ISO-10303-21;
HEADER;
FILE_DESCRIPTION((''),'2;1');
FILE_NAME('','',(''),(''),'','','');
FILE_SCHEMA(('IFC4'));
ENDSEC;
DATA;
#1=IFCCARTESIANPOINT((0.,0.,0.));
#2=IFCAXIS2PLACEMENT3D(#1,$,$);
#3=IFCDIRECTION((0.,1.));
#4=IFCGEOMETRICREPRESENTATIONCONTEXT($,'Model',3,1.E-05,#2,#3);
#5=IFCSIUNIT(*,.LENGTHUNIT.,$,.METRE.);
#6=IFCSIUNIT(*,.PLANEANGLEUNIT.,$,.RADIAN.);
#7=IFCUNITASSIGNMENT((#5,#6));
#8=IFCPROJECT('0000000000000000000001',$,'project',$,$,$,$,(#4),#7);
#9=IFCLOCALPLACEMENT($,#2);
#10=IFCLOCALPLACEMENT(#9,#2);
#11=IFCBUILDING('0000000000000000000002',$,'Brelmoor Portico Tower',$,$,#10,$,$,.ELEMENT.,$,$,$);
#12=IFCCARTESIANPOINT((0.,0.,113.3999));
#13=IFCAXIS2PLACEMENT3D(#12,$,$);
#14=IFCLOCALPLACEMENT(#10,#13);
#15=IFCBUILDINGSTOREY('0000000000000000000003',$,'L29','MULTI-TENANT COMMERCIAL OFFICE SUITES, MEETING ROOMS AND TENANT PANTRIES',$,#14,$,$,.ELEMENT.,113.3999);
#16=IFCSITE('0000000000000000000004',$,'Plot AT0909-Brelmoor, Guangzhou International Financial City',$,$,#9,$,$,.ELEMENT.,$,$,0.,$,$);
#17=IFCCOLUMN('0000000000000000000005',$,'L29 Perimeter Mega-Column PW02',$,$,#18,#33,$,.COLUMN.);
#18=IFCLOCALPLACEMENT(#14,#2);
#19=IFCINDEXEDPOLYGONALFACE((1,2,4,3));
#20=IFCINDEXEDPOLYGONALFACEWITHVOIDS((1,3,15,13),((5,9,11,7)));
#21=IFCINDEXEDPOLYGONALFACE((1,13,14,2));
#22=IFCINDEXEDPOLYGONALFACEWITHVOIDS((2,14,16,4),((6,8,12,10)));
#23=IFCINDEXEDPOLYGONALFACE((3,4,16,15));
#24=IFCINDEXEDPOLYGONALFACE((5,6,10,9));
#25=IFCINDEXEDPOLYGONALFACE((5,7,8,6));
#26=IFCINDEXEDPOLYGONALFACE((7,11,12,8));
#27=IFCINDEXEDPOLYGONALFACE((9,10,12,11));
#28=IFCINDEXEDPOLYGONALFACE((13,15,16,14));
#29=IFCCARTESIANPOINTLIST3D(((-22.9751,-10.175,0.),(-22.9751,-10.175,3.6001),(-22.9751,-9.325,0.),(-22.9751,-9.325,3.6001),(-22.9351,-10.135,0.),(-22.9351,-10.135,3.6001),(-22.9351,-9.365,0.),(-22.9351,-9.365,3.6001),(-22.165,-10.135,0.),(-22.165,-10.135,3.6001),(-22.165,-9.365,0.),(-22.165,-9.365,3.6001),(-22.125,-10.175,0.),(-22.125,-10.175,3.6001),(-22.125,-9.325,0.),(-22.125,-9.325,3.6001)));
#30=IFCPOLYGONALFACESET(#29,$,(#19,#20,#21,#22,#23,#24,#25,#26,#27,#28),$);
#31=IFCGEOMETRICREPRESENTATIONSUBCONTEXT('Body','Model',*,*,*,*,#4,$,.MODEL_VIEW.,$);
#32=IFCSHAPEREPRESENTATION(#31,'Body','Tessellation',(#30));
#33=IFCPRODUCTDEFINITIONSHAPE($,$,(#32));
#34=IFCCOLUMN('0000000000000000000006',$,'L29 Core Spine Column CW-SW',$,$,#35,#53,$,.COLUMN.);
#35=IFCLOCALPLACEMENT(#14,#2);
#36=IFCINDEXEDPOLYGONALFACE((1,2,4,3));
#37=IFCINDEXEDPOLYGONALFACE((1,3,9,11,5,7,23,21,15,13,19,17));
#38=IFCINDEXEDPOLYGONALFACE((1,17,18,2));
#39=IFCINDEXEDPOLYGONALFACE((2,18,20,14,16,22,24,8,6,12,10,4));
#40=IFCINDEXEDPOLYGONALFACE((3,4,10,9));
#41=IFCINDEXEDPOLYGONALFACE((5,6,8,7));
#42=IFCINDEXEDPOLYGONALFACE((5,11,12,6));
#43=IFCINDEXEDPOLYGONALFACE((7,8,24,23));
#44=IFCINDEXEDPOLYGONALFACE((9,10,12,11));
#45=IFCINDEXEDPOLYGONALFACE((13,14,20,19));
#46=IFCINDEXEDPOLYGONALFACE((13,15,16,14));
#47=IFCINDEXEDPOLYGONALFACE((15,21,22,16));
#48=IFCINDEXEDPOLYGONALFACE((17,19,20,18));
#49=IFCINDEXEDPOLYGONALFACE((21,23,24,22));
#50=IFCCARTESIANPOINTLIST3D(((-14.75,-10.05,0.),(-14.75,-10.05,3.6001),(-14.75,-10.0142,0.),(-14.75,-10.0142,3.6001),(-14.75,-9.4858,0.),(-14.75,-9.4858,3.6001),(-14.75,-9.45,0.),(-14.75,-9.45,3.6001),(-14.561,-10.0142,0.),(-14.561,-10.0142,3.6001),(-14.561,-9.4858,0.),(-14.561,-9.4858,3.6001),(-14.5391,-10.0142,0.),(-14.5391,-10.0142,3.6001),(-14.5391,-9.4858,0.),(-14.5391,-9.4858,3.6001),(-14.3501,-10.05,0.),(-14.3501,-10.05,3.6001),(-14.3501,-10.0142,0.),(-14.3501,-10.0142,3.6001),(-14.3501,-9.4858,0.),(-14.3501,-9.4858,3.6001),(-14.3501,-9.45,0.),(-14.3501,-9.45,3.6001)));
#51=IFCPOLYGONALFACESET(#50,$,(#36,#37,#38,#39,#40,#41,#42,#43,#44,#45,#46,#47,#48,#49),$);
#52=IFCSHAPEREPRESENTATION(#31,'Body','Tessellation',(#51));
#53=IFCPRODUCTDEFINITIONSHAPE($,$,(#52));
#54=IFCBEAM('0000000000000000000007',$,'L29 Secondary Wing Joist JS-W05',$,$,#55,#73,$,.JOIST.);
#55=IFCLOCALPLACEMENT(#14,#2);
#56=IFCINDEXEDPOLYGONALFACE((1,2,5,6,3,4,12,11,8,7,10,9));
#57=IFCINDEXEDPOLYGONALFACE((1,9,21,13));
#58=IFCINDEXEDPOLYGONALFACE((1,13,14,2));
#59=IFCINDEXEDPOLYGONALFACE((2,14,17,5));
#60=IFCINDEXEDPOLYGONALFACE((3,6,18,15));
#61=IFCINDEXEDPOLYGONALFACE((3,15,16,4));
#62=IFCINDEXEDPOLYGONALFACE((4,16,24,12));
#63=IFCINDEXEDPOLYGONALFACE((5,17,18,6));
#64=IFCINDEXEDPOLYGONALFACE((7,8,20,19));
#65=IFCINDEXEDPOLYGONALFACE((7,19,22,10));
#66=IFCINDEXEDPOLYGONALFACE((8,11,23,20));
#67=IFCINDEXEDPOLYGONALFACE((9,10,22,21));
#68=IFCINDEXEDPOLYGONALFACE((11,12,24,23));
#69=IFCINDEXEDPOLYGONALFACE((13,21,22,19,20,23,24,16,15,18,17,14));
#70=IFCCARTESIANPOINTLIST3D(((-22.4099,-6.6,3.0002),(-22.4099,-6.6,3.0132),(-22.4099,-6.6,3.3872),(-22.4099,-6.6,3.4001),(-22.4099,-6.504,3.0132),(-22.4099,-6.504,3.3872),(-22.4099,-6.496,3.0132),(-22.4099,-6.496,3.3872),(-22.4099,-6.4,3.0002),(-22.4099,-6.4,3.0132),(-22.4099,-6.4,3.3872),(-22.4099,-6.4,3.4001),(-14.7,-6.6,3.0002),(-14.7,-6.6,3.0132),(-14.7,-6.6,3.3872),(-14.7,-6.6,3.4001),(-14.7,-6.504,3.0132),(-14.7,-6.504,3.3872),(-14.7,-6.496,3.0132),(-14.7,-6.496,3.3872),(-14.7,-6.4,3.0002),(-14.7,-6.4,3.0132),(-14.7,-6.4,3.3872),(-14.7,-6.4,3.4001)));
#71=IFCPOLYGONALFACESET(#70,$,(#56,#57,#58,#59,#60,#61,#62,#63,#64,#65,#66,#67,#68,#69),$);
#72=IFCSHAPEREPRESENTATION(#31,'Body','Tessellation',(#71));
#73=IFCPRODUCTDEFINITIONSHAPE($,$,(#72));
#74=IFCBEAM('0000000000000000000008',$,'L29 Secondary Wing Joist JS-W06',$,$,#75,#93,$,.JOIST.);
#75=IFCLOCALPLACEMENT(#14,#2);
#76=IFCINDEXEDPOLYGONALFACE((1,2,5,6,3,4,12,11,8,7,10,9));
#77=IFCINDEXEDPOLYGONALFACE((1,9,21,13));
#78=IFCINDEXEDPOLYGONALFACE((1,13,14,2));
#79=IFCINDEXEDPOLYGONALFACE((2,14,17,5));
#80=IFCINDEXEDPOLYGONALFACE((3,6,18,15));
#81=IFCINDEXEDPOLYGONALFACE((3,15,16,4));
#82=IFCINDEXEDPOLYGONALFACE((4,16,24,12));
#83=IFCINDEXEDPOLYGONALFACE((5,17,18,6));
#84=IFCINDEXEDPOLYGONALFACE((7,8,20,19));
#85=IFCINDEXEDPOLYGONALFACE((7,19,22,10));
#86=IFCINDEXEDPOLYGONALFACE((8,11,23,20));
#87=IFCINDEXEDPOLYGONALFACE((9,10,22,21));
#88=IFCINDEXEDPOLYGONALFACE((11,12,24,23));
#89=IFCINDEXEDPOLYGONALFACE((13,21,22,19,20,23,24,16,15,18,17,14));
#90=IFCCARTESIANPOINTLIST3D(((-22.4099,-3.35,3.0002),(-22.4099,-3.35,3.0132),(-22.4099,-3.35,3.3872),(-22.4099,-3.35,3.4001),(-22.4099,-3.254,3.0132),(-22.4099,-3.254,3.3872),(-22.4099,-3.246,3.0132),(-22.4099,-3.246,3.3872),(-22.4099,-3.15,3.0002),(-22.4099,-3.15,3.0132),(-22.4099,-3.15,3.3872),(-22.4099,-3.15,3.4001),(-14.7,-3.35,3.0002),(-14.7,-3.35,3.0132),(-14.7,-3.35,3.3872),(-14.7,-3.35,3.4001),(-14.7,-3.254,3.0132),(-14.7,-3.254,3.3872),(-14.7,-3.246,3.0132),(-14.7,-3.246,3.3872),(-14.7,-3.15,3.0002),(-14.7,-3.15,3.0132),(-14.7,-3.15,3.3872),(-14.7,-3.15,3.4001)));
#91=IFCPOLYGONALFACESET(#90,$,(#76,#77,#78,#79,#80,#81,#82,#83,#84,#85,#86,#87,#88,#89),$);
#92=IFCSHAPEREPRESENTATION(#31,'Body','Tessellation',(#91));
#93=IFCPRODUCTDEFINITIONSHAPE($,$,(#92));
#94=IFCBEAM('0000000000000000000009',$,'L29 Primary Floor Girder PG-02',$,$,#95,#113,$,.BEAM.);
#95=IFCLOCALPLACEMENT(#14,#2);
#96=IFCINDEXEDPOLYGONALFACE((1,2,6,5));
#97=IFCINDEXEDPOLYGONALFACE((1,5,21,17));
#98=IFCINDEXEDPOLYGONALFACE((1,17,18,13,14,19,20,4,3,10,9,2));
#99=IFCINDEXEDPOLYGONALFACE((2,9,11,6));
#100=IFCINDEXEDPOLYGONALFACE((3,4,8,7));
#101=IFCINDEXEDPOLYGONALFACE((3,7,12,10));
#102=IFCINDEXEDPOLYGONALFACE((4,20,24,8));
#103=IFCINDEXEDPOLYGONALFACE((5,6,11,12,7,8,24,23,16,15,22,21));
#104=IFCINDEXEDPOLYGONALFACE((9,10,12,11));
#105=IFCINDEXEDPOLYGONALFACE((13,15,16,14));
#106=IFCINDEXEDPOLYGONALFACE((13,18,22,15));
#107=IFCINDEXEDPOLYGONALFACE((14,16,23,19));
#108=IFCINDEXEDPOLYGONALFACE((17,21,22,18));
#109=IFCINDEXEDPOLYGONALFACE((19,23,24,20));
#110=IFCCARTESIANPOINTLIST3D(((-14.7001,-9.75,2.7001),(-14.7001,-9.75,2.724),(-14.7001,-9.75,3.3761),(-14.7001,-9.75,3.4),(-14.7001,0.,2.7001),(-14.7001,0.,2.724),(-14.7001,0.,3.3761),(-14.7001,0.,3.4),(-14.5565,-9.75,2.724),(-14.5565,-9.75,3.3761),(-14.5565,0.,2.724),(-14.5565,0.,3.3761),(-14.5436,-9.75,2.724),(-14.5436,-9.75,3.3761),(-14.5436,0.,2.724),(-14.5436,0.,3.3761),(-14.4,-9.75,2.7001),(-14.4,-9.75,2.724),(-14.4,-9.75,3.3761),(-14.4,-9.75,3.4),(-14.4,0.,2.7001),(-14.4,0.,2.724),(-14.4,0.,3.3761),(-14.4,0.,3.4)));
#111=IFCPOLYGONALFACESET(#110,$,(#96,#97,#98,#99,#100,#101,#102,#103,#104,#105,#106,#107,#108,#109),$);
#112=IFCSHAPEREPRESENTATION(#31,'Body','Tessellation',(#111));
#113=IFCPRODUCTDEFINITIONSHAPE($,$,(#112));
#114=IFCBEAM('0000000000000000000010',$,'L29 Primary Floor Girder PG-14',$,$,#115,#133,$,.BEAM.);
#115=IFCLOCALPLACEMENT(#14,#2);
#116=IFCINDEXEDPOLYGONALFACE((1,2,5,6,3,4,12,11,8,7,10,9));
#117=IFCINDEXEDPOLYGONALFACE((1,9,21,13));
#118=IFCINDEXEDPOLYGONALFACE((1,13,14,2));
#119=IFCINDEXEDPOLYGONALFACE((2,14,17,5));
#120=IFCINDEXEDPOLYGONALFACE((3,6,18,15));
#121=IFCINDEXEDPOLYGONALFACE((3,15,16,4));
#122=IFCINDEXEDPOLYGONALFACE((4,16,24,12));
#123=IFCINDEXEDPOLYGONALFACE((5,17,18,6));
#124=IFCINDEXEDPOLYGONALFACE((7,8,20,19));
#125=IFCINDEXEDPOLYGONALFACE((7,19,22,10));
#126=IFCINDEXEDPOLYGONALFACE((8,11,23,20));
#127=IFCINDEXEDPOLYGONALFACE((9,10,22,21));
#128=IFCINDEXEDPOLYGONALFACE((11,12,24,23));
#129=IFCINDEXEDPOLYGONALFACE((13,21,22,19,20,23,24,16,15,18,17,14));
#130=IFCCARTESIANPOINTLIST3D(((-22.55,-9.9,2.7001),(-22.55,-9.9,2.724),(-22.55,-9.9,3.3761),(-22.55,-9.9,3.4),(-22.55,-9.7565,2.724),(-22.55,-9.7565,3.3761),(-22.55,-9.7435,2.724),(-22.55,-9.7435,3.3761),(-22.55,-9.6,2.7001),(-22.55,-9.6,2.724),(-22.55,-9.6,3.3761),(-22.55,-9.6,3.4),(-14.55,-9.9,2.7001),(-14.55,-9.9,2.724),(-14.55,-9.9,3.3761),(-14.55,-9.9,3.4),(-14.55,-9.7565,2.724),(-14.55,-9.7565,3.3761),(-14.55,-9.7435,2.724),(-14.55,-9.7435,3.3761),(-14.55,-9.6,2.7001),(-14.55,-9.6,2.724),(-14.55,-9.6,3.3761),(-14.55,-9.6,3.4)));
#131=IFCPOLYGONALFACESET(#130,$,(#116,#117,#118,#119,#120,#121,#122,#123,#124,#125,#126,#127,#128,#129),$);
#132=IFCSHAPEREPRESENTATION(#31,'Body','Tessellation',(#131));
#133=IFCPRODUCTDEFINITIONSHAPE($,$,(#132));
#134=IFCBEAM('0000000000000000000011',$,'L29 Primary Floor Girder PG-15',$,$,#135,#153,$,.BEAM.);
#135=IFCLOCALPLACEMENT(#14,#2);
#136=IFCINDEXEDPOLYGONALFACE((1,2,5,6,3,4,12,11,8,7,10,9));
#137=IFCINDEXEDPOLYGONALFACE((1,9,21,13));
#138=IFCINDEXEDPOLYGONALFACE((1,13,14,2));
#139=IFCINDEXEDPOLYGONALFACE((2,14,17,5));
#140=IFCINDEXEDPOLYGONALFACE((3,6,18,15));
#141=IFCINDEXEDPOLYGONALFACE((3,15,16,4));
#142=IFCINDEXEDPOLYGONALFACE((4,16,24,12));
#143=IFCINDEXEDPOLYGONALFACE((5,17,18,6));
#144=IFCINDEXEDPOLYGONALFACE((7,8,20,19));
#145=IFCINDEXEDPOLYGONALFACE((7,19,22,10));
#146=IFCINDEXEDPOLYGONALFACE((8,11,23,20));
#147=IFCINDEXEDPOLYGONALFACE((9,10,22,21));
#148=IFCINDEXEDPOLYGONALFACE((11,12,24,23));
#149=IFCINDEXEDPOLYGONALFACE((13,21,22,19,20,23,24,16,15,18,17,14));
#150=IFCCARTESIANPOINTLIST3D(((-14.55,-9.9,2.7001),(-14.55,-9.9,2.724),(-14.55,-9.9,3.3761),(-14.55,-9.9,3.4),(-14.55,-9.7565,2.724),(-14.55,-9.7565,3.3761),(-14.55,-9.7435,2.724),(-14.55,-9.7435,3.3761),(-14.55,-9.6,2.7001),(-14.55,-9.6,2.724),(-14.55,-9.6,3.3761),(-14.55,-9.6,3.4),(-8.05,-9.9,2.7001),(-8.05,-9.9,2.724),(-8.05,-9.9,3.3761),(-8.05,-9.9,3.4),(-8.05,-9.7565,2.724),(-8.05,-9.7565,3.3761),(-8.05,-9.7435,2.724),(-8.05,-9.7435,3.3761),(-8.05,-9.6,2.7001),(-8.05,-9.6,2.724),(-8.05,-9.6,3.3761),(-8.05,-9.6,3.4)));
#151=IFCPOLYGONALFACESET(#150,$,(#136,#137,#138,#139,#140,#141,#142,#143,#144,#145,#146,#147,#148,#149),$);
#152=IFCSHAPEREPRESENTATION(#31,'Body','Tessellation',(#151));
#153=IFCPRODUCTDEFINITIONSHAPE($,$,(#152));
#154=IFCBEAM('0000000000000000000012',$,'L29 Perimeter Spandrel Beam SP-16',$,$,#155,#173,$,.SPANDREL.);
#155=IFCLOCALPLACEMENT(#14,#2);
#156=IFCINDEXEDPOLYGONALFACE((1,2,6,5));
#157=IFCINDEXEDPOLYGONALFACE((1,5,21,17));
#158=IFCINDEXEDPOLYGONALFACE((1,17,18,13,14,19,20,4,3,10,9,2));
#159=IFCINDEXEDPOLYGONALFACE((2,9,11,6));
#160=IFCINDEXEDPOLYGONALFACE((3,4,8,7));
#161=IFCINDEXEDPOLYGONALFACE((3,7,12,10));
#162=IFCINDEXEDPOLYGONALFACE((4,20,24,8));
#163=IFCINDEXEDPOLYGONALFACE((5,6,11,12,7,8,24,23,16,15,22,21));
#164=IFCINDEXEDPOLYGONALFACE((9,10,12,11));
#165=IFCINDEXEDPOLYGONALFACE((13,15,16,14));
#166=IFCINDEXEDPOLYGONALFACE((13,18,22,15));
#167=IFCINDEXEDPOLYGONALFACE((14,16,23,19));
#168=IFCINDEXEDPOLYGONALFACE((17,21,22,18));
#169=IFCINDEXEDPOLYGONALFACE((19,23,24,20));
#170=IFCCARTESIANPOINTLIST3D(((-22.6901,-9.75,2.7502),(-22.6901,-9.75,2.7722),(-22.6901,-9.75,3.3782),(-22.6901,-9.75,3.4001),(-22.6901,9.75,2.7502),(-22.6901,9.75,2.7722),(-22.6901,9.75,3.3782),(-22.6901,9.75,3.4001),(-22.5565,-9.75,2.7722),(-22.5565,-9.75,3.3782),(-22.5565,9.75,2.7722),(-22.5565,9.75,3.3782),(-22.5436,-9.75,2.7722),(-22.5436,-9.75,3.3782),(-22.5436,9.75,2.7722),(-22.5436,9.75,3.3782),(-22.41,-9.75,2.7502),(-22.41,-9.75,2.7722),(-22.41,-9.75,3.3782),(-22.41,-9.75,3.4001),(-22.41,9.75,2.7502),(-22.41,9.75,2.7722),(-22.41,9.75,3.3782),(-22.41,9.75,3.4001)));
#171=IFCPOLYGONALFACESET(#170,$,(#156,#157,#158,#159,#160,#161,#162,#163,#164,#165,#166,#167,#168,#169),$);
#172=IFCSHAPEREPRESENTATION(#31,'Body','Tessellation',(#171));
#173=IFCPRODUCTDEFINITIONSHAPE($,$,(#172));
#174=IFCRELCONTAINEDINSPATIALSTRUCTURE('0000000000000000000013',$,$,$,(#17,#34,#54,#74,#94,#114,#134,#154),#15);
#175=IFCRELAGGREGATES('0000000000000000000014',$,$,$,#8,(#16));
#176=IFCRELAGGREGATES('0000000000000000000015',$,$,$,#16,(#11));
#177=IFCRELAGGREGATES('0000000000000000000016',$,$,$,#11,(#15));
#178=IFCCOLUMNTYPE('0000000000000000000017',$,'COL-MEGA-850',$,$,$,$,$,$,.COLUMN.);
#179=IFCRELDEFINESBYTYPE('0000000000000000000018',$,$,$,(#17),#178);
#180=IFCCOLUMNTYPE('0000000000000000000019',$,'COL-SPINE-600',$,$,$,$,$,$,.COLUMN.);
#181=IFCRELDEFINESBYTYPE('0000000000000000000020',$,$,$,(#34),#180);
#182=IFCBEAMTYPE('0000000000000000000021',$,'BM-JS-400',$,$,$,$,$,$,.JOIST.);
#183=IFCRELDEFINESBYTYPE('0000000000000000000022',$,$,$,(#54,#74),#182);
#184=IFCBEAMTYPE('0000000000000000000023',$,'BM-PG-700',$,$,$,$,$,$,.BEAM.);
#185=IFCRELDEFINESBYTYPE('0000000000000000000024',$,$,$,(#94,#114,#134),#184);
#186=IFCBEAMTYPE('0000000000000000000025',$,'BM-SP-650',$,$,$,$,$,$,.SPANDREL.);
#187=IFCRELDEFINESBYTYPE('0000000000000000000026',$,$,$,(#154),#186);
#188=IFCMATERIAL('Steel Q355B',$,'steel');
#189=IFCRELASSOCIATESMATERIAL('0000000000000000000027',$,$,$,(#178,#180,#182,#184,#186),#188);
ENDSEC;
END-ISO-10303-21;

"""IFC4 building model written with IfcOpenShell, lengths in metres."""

from ifc_helpers import new_model, si_unit, direction, frame, origin, origin_2d, place, context, subcontext, project, spatial, hollow_rectangle, i_section, extrude, material, material_profile, profile_set, type_object, element, save


model = new_model("IFC4")

# Units and contexts
model_context = context("Model", 3, precision=1e-05, world=origin(), true_north=direction((0.0, 1.0)))
body_context = subcontext(model_context, "Body", "Model", "MODEL_VIEW")
ifc_project = project(units=[si_unit("LENGTHUNIT", "METRE"), si_unit("PLANEANGLEUNIT", "RADIAN")], contexts=[model_context])

# Site, building, storey
site_placement = place(None, origin())
site = spatial("IfcSite", under=ifc_project, at=site_placement, Name="Plot AT0909-Brelmoor, Guangzhou International Financial City", CompositionType="ELEMENT", RefElevation=0.0)
building_placement = place(site_placement, origin())
building = spatial("IfcBuilding", under=site, at=building_placement, Name="Brelmoor Portico Tower", CompositionType="ELEMENT")
storey_placement = place(building_placement, frame((0.0, 0.0, 113.3999)))
storey = spatial("IfcBuildingStorey", under=building, at=storey_placement, Name="L29", Description="MULTI-TENANT COMMERCIAL OFFICE SUITES, MEETING ROOMS AND TENANT PANTRIES", CompositionType="ELEMENT", Elevation=113.3999)

# Columns
ifc_material_1 = material(Name="Steel Q355B", Category="steel")
ifc_material_profile_1 = material_profile(ifc_material_1, hollow_rectangle(XDim=0.8501, YDim=0.8501, WallThickness=0.04, at=origin_2d()), Name="BOX 850x850x40")
ifc_profile_set_1 = profile_set([ifc_material_profile_1], Name="Steel Q355B")
column_type_1 = type_object("IfcColumnType", Name="COL-MEGA-850", PredefinedType="COLUMN", material=ifc_profile_set_1)
column_1_placement = place(storey_placement, frame((-22.55, -9.75, 0.0), z_axis=(0.0, 0.0, 1.0), x_axis=(0.0, 1.0, 0.0)))
element("IfcColumn", 1, at=column_1_placement, inside=storey, type_object=column_type_1, Name="L29 Perimeter Mega-Column PW02", PredefinedType="COLUMN", context=body_context, shape_type="SweptSolid", body=[
    extrude(hollow_rectangle(XDim=0.8501, YDim=0.8501, WallThickness=0.04, at=origin_2d()), origin(), (0.0, 0.0, 1.0), 3.6001),
])
ifc_material_profile_2 = material_profile(ifc_material_1, i_section(OverallWidth=0.3999, OverallDepth=0.6001, WebThickness=0.022, FlangeThickness=0.0359, at=origin_2d()), Name="HW 600x400x22x36")
ifc_profile_set_2 = profile_set([ifc_material_profile_2], Name="Steel Q355B")
column_type_2 = type_object("IfcColumnType", Name="COL-SPINE-600", PredefinedType="COLUMN", material=ifc_profile_set_2)
column_2_placement = place(storey_placement, frame((-14.55, -9.75, 0.0), z_axis=(0.0, 0.0, 1.0), x_axis=(1.0, 0.0, 0.0)))
element("IfcColumn", 2, at=column_2_placement, inside=storey, type_object=column_type_2, Name="L29 Core Spine Column CW-SW", PredefinedType="COLUMN", context=body_context, shape_type="SweptSolid", body=[
    extrude(i_section(OverallWidth=0.3999, OverallDepth=0.6001, WebThickness=0.022, FlangeThickness=0.0359, at=origin_2d()), origin(), (0.0, 0.0, 1.0), 3.6001),
])

# Beams
ifc_material_profile_3 = material_profile(ifc_material_1, i_section(OverallWidth=0.2, OverallDepth=0.3999, WebThickness=0.0081, FlangeThickness=0.0129, at=origin_2d()), Name="HN 400x200x8x13")
ifc_profile_set_3 = profile_set([ifc_material_profile_3], Name="Steel Q355B")
beam_type_1 = type_object("IfcBeamType", Name="BM-JS-400", PredefinedType="JOIST", material=ifc_profile_set_3)
for number, where, z_axis, x_axis, name in (
    (3, (-22.4099, -6.5, 3.2002), (1.0, 0.0, 0.0), (0.0, 1.0, 0.0), "L29 Secondary Wing Joist JS-W05"),
    (4, (-22.4099, -3.25, 3.2002), (1.0, 0.0, 0.0), (0.0, 1.0, 0.0), "L29 Secondary Wing Joist JS-W06"),
):
    element("IfcBeam", number, at=place(storey_placement, frame(where, z_axis=z_axis, x_axis=x_axis)), inside=storey, type_object=beam_type_1, Name=name, PredefinedType="JOIST", context=body_context, shape_type="SweptSolid", body=[
        extrude(i_section(OverallWidth=0.2, OverallDepth=0.3999, WebThickness=0.0081, FlangeThickness=0.0129, at=origin_2d()), origin(), (0.0, 0.0, 1.0), 7.71),
    ])
ifc_material_profile_4 = material_profile(ifc_material_1, i_section(OverallWidth=0.3, OverallDepth=0.7, WebThickness=0.0129, FlangeThickness=0.0239, at=origin_2d()), Name="HN 700x300x13x24")
ifc_profile_set_4 = profile_set([ifc_material_profile_4], Name="Steel Q355B")
beam_type_2 = type_object("IfcBeamType", Name="BM-PG-700", PredefinedType="BEAM", material=ifc_profile_set_4)
beam_1_placement = place(storey_placement, frame((-14.55, -9.75, 3.05), z_axis=(0.0, 1.0, 0.0), x_axis=(-1.0, 0.0, 0.0)))
element("IfcBeam", 5, at=beam_1_placement, inside=storey, type_object=beam_type_2, Name="L29 Primary Floor Girder PG-02", PredefinedType="BEAM", context=body_context, shape_type="SweptSolid", body=[
    extrude(i_section(OverallWidth=0.3, OverallDepth=0.7, WebThickness=0.0129, FlangeThickness=0.0239, at=origin_2d()), origin(), (0.0, 0.0, 1.0), 9.75),
])
beam_2_placement = place(storey_placement, frame((-22.55, -9.75, 3.05), z_axis=(1.0, 0.0, 0.0), x_axis=(0.0, 1.0, 0.0)))
element("IfcBeam", 6, at=beam_2_placement, inside=storey, type_object=beam_type_2, Name="L29 Primary Floor Girder PG-14", PredefinedType="BEAM", context=body_context, shape_type="SweptSolid", body=[
    extrude(i_section(OverallWidth=0.3, OverallDepth=0.7, WebThickness=0.0129, FlangeThickness=0.0239, at=origin_2d()), origin(), (0.0, 0.0, 1.0), 8.0),
])
beam_3_placement = place(storey_placement, frame((-14.55, -9.75, 3.05), z_axis=(1.0, 0.0, 0.0), x_axis=(0.0, 1.0, 0.0)))
element("IfcBeam", 7, at=beam_3_placement, inside=storey, type_object=beam_type_2, Name="L29 Primary Floor Girder PG-15", PredefinedType="BEAM", context=body_context, shape_type="SweptSolid", body=[
    extrude(i_section(OverallWidth=0.3, OverallDepth=0.7, WebThickness=0.0129, FlangeThickness=0.0239, at=origin_2d()), origin(), (0.0, 0.0, 1.0), 6.5),
])
ifc_material_profile_5 = material_profile(ifc_material_1, i_section(OverallWidth=0.28, OverallDepth=0.6499, WebThickness=0.0129, FlangeThickness=0.022, at=origin_2d()), Name="HN 650x280x13x22")
ifc_profile_set_5 = profile_set([ifc_material_profile_5], Name="Steel Q355B")
beam_type_3 = type_object("IfcBeamType", Name="BM-SP-650", PredefinedType="SPANDREL", material=ifc_profile_set_5)
beam_4_placement = place(storey_placement, frame((-22.55, -9.75, 3.0752), z_axis=(0.0, 1.0, 0.0), x_axis=(-1.0, 0.0, 0.0)))
element("IfcBeam", 8, at=beam_4_placement, inside=storey, type_object=beam_type_3, Name="L29 Perimeter Spandrel Beam SP-16", PredefinedType="SPANDREL", context=body_context, shape_type="SweptSolid", body=[
    extrude(i_section(OverallWidth=0.28, OverallDepth=0.6499, WebThickness=0.0129, FlangeThickness=0.022, at=origin_2d()), origin(), (0.0, 0.0, 1.0), 19.5),
])

save(model, "model.ifc")
